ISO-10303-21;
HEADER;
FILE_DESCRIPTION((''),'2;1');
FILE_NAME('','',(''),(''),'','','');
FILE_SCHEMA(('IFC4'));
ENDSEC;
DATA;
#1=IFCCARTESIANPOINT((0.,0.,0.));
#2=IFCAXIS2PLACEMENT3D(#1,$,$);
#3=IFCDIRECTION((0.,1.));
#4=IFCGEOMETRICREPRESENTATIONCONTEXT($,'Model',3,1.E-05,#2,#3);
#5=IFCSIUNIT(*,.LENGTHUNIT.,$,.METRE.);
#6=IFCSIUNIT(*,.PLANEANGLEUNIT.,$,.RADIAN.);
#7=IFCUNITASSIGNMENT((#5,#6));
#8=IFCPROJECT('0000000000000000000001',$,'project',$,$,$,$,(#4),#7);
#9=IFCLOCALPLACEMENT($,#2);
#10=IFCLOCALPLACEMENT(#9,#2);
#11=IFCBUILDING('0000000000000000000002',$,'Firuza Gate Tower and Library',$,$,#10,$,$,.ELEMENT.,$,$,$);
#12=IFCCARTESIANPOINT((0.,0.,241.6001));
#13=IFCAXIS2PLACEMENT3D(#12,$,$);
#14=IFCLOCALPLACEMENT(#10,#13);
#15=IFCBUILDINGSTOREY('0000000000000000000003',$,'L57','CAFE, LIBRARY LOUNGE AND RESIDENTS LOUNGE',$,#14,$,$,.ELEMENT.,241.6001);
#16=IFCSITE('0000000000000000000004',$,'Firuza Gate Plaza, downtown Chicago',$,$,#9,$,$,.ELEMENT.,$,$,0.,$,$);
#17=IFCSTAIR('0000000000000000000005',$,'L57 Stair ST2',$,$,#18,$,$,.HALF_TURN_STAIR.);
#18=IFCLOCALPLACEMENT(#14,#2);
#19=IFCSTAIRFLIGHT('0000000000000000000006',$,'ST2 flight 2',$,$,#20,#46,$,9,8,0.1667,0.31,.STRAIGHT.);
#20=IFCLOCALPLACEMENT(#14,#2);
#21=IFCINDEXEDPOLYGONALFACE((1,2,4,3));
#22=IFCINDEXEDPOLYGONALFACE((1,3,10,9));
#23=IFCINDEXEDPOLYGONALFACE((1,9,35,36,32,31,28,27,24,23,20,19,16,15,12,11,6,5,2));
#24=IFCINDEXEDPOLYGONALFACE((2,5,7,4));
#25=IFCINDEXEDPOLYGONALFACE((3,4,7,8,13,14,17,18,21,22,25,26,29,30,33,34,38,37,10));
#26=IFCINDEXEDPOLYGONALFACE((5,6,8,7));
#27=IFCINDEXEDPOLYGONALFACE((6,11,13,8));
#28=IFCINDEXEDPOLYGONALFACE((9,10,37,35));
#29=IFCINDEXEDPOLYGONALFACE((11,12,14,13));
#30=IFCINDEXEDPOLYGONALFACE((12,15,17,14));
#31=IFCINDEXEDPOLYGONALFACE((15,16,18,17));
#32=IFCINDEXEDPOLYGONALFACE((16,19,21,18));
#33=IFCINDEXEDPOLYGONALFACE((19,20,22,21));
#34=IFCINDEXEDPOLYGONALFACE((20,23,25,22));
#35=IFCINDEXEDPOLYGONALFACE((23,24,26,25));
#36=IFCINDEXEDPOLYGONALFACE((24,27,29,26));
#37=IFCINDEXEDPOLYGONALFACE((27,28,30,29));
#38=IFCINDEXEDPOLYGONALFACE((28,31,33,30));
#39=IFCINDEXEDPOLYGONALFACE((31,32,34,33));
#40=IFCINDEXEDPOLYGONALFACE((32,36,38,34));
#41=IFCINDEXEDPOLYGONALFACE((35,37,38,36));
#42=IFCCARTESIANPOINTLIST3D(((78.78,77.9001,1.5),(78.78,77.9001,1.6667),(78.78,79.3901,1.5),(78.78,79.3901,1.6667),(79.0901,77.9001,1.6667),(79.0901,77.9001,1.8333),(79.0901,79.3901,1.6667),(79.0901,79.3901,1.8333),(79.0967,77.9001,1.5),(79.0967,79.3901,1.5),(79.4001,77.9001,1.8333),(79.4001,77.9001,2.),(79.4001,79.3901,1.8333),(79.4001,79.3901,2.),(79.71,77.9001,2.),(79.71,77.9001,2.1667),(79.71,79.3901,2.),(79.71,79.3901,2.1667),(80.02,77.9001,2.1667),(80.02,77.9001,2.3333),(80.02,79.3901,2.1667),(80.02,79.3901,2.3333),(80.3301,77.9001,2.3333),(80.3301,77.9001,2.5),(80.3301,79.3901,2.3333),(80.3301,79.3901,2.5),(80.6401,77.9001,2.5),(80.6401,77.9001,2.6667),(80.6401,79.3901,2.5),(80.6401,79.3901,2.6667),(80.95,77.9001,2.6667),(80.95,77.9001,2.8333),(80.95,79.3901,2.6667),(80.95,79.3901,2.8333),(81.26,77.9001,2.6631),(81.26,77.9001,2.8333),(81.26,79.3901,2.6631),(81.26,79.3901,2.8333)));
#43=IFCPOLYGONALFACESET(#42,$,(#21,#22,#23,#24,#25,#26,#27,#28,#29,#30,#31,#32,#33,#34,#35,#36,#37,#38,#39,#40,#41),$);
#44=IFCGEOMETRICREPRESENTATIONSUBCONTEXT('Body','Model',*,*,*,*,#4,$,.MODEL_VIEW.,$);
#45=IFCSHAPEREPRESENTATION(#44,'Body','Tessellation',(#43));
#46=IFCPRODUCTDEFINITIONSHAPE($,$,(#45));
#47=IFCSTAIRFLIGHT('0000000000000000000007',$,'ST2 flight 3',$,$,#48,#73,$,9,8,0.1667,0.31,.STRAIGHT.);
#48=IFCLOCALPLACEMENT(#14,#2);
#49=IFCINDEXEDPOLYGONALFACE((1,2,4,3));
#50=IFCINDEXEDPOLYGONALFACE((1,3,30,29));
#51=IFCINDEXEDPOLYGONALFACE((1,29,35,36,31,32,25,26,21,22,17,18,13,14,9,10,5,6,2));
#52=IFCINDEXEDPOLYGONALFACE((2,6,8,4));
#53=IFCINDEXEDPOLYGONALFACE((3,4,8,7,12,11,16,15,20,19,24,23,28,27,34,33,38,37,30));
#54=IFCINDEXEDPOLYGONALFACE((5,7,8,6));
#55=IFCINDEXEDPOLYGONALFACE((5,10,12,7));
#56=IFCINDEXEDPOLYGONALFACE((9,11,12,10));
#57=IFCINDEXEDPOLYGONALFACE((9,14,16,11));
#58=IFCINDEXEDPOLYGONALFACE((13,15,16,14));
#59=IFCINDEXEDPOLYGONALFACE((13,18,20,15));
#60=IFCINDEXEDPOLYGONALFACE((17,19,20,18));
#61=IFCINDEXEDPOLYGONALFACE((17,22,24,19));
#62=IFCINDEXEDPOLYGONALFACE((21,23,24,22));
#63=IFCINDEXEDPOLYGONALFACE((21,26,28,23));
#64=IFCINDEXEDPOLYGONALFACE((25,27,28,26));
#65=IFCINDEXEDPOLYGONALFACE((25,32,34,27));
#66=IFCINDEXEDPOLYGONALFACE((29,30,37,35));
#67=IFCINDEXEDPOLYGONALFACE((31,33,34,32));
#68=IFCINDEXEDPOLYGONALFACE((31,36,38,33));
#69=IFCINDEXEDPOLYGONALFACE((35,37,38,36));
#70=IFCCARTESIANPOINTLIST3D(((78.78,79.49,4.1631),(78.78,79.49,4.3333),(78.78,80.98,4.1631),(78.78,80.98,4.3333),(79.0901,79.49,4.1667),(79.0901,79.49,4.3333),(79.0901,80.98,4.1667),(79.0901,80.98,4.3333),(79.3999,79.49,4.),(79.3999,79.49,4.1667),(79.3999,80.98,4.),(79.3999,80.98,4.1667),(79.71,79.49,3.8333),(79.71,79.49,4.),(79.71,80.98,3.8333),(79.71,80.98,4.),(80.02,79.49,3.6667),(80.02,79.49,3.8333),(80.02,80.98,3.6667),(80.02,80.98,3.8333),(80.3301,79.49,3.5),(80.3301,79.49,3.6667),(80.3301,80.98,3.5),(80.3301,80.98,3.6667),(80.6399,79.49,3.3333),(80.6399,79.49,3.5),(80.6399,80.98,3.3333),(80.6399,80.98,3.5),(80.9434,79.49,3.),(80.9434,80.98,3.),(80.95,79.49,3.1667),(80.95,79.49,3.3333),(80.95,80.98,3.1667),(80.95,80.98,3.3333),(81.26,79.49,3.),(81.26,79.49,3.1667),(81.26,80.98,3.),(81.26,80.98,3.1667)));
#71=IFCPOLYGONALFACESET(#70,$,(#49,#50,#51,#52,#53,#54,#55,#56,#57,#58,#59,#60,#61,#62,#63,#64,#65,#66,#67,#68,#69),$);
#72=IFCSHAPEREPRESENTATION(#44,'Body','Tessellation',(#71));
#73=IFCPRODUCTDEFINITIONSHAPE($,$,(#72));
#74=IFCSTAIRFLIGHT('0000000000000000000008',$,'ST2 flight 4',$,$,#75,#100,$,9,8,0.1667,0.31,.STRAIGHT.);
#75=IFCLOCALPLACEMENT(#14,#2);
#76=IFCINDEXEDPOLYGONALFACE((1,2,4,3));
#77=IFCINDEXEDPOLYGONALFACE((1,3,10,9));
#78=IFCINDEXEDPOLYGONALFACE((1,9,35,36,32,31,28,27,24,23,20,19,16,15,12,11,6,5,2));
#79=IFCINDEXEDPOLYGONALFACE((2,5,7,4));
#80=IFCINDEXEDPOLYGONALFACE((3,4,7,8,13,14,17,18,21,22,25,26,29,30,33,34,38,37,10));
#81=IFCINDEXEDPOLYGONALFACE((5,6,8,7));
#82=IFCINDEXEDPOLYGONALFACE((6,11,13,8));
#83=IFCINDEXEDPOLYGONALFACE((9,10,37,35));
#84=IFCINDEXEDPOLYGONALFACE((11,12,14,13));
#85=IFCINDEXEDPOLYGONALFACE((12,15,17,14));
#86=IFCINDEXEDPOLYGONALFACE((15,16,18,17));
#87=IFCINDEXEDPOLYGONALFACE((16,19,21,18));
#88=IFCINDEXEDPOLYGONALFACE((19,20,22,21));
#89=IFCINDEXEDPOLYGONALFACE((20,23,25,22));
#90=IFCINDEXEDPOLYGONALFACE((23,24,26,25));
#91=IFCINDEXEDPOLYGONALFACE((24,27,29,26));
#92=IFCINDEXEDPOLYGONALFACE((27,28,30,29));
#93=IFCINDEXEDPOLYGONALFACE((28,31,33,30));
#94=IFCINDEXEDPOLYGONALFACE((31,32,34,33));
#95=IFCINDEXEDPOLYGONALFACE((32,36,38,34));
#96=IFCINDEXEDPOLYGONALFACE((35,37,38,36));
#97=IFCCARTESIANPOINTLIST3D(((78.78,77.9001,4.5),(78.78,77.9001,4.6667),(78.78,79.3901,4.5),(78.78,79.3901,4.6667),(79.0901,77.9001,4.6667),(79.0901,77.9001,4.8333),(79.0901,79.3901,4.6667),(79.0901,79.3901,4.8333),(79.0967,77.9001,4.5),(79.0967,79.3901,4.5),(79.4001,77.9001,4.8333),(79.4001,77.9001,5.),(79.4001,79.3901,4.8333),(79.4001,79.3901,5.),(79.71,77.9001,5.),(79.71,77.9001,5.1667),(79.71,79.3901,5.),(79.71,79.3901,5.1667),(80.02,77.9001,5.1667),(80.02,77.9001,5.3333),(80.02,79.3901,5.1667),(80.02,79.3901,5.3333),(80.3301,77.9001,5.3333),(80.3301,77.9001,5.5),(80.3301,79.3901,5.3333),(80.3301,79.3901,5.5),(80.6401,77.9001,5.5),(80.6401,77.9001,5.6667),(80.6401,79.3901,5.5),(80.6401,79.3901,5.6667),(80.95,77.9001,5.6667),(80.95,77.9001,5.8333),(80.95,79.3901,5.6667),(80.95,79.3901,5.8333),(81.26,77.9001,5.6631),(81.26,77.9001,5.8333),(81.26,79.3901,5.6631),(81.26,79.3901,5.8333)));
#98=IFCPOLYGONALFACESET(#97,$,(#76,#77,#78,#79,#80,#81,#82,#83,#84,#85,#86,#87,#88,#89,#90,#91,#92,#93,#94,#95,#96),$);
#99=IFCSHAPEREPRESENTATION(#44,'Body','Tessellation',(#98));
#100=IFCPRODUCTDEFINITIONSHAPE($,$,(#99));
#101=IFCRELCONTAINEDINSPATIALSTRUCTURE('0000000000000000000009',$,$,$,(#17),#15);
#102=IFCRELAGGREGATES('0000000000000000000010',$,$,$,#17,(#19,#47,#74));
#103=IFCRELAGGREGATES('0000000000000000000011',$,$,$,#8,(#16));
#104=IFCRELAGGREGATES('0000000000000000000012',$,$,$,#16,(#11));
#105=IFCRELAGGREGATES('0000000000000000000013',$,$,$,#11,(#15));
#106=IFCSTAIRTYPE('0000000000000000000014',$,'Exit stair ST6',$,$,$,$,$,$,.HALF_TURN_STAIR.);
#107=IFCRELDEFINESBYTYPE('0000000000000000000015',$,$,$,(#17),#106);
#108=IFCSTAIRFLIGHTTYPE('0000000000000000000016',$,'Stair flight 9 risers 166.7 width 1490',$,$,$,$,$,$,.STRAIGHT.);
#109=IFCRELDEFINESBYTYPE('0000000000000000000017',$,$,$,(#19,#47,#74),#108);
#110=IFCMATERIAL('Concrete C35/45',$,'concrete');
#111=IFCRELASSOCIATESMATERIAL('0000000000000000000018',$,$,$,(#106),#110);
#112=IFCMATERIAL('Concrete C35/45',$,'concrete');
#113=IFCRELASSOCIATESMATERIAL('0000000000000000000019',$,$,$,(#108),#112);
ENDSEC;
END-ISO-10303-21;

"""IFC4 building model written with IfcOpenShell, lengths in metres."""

from ifc_helpers import new_model, si_unit, direction, frame, origin, place, context, subcontext, project, spatial, polyline, outline, extrude, material, type_object, element, aggregate, save


model = new_model("IFC4")

# Units and contexts
model_context = context("Model", 3, precision=1e-05, world=origin(), true_north=direction((0.0, 1.0)))
body_context = subcontext(model_context, "Body", "Model", "MODEL_VIEW")
ifc_project = project(units=[si_unit("LENGTHUNIT", "METRE"), si_unit("PLANEANGLEUNIT", "RADIAN")], contexts=[model_context])

# Site, building, storey
site_placement = place(None, origin())
site = spatial("IfcSite", under=ifc_project, at=site_placement, Name="Firuza Gate Plaza, downtown Chicago", CompositionType="ELEMENT", RefElevation=0.0)
building_placement = place(site_placement, origin())
building = spatial("IfcBuilding", under=site, at=building_placement, Name="Firuza Gate Tower and Library", CompositionType="ELEMENT")
storey_placement = place(building_placement, frame((0.0, 0.0, 241.6001)))
storey = spatial("IfcBuildingStorey", under=building, at=storey_placement, Name="L57", Description="CAFE, LIBRARY LOUNGE AND RESIDENTS LOUNGE", CompositionType="ELEMENT", Elevation=241.6001)

# Stair, stair flights
ifc_material_1 = material(Name="Concrete C35/45", Category="concrete")
stair_type = type_object("IfcStairType", Name="Exit stair ST6", PredefinedType="HALF_TURN_STAIR", material=ifc_material_1)
stair_placement = place(storey_placement, origin())
stair = element("IfcStair", 1, at=stair_placement, inside=storey, type_object=stair_type, Name="L57 Stair ST2", PredefinedType="HALF_TURN_STAIR")
ifc_material_2 = material(Name="Concrete C35/45", Category="concrete")
stair_flight_type = type_object("IfcStairFlightType", Name="Stair flight 9 risers 166.7 width 1490", PredefinedType="STRAIGHT", material=ifc_material_2)
stair_flight_1_placement = place(storey_placement, frame((78.78, 78.645, 1.5), z_axis=(0.0, 0.0, 1.0), x_axis=(1.0, 0.0, 0.0)))
stair_flight_1 = element("IfcStairFlight", 2, at=stair_flight_1_placement, type_object=stair_flight_type, Name="ST2 flight 2", NumberOfRisers=9, NumberOfTreads=8, PredefinedType="STRAIGHT", RiserHeight=0.1667, TreadLength=0.31, context=body_context, shape_type="SweptSolid", body=[
    extrude(outline(polyline([(0.0, 0.0), (0.0, 0.1667), (0.3101, 0.1667), (0.3101, 0.3333), (0.6201, 0.3333), (0.6201, 0.5), (0.9299, 0.5), (0.9299, 0.6667), (1.24, 0.6667), (1.24, 0.8333), (1.55, 0.8333), (1.55, 1.0), (1.8601, 1.0), (1.8601, 1.1667), (2.1699, 1.1667), (2.1699, 1.3333), (2.48, 1.3333), (2.48, 1.5), (2.48, 1.1631), (0.3167, 0.0), (0.0, 0.0)])), frame((0.0, 0.7451, 0.0), z_axis=(0.0, -1.0, 0.0), x_axis=(1.0, 0.0, 0.0)), (0.0, 0.0, 1.0), 1.49),
])
stair_flight_2_placement = place(storey_placement, frame((81.26, 80.2351, 3.0), z_axis=(0.0, 0.0, 1.0), x_axis=(-1.0, 0.0, 0.0)))
stair_flight_2 = element("IfcStairFlight", 3, at=stair_flight_2_placement, type_object=stair_flight_type, Name="ST2 flight 3", NumberOfRisers=9, NumberOfTreads=8, PredefinedType="STRAIGHT", RiserHeight=0.1667, TreadLength=0.31, context=body_context, shape_type="SweptSolid", body=[
    extrude(outline(polyline([(0.0, 0.0), (0.0, 0.1667), (0.3101, 0.1667), (0.3101, 0.3333), (0.6201, 0.3333), (0.6201, 0.5), (0.9299, 0.5), (0.9299, 0.6667), (1.24, 0.6667), (1.24, 0.8333), (1.55, 0.8333), (1.55, 1.0), (1.8601, 1.0), (1.8601, 1.1667), (2.1699, 1.1667), (2.1699, 1.3333), (2.48, 1.3333), (2.48, 1.5), (2.48, 1.1631), (0.3167, 0.0), (0.0, 0.0)])), frame((0.0, 0.7451, 0.0), z_axis=(0.0, -1.0, 0.0), x_axis=(1.0, 0.0, 0.0)), (0.0, 0.0, 1.0), 1.49),
])
stair_flight_3_placement = place(storey_placement, frame((78.78, 78.645, 4.5), z_axis=(0.0, 0.0, 1.0), x_axis=(1.0, 0.0, 0.0)))
stair_flight_3 = element("IfcStairFlight", 4, at=stair_flight_3_placement, type_object=stair_flight_type, Name="ST2 flight 4", NumberOfRisers=9, NumberOfTreads=8, PredefinedType="STRAIGHT", RiserHeight=0.1667, TreadLength=0.31, context=body_context, shape_type="SweptSolid", body=[
    extrude(outline(polyline([(0.0, 0.0), (0.0, 0.1667), (0.3101, 0.1667), (0.3101, 0.3333), (0.6201, 0.3333), (0.6201, 0.5), (0.9299, 0.5), (0.9299, 0.6667), (1.24, 0.6667), (1.24, 0.8333), (1.55, 0.8333), (1.55, 1.0), (1.8601, 1.0), (1.8601, 1.1667), (2.1699, 1.1667), (2.1699, 1.3333), (2.48, 1.3333), (2.48, 1.5), (2.48, 1.1631), (0.3167, 0.0), (0.0, 0.0)])), frame((0.0, 0.7451, 0.0), z_axis=(0.0, -1.0, 0.0), x_axis=(1.0, 0.0, 0.0)), (0.0, 0.0, 1.0), 1.49),
])
aggregate(stair, [stair_flight_1, stair_flight_2, stair_flight_3])

save(model, "model.ifc")
